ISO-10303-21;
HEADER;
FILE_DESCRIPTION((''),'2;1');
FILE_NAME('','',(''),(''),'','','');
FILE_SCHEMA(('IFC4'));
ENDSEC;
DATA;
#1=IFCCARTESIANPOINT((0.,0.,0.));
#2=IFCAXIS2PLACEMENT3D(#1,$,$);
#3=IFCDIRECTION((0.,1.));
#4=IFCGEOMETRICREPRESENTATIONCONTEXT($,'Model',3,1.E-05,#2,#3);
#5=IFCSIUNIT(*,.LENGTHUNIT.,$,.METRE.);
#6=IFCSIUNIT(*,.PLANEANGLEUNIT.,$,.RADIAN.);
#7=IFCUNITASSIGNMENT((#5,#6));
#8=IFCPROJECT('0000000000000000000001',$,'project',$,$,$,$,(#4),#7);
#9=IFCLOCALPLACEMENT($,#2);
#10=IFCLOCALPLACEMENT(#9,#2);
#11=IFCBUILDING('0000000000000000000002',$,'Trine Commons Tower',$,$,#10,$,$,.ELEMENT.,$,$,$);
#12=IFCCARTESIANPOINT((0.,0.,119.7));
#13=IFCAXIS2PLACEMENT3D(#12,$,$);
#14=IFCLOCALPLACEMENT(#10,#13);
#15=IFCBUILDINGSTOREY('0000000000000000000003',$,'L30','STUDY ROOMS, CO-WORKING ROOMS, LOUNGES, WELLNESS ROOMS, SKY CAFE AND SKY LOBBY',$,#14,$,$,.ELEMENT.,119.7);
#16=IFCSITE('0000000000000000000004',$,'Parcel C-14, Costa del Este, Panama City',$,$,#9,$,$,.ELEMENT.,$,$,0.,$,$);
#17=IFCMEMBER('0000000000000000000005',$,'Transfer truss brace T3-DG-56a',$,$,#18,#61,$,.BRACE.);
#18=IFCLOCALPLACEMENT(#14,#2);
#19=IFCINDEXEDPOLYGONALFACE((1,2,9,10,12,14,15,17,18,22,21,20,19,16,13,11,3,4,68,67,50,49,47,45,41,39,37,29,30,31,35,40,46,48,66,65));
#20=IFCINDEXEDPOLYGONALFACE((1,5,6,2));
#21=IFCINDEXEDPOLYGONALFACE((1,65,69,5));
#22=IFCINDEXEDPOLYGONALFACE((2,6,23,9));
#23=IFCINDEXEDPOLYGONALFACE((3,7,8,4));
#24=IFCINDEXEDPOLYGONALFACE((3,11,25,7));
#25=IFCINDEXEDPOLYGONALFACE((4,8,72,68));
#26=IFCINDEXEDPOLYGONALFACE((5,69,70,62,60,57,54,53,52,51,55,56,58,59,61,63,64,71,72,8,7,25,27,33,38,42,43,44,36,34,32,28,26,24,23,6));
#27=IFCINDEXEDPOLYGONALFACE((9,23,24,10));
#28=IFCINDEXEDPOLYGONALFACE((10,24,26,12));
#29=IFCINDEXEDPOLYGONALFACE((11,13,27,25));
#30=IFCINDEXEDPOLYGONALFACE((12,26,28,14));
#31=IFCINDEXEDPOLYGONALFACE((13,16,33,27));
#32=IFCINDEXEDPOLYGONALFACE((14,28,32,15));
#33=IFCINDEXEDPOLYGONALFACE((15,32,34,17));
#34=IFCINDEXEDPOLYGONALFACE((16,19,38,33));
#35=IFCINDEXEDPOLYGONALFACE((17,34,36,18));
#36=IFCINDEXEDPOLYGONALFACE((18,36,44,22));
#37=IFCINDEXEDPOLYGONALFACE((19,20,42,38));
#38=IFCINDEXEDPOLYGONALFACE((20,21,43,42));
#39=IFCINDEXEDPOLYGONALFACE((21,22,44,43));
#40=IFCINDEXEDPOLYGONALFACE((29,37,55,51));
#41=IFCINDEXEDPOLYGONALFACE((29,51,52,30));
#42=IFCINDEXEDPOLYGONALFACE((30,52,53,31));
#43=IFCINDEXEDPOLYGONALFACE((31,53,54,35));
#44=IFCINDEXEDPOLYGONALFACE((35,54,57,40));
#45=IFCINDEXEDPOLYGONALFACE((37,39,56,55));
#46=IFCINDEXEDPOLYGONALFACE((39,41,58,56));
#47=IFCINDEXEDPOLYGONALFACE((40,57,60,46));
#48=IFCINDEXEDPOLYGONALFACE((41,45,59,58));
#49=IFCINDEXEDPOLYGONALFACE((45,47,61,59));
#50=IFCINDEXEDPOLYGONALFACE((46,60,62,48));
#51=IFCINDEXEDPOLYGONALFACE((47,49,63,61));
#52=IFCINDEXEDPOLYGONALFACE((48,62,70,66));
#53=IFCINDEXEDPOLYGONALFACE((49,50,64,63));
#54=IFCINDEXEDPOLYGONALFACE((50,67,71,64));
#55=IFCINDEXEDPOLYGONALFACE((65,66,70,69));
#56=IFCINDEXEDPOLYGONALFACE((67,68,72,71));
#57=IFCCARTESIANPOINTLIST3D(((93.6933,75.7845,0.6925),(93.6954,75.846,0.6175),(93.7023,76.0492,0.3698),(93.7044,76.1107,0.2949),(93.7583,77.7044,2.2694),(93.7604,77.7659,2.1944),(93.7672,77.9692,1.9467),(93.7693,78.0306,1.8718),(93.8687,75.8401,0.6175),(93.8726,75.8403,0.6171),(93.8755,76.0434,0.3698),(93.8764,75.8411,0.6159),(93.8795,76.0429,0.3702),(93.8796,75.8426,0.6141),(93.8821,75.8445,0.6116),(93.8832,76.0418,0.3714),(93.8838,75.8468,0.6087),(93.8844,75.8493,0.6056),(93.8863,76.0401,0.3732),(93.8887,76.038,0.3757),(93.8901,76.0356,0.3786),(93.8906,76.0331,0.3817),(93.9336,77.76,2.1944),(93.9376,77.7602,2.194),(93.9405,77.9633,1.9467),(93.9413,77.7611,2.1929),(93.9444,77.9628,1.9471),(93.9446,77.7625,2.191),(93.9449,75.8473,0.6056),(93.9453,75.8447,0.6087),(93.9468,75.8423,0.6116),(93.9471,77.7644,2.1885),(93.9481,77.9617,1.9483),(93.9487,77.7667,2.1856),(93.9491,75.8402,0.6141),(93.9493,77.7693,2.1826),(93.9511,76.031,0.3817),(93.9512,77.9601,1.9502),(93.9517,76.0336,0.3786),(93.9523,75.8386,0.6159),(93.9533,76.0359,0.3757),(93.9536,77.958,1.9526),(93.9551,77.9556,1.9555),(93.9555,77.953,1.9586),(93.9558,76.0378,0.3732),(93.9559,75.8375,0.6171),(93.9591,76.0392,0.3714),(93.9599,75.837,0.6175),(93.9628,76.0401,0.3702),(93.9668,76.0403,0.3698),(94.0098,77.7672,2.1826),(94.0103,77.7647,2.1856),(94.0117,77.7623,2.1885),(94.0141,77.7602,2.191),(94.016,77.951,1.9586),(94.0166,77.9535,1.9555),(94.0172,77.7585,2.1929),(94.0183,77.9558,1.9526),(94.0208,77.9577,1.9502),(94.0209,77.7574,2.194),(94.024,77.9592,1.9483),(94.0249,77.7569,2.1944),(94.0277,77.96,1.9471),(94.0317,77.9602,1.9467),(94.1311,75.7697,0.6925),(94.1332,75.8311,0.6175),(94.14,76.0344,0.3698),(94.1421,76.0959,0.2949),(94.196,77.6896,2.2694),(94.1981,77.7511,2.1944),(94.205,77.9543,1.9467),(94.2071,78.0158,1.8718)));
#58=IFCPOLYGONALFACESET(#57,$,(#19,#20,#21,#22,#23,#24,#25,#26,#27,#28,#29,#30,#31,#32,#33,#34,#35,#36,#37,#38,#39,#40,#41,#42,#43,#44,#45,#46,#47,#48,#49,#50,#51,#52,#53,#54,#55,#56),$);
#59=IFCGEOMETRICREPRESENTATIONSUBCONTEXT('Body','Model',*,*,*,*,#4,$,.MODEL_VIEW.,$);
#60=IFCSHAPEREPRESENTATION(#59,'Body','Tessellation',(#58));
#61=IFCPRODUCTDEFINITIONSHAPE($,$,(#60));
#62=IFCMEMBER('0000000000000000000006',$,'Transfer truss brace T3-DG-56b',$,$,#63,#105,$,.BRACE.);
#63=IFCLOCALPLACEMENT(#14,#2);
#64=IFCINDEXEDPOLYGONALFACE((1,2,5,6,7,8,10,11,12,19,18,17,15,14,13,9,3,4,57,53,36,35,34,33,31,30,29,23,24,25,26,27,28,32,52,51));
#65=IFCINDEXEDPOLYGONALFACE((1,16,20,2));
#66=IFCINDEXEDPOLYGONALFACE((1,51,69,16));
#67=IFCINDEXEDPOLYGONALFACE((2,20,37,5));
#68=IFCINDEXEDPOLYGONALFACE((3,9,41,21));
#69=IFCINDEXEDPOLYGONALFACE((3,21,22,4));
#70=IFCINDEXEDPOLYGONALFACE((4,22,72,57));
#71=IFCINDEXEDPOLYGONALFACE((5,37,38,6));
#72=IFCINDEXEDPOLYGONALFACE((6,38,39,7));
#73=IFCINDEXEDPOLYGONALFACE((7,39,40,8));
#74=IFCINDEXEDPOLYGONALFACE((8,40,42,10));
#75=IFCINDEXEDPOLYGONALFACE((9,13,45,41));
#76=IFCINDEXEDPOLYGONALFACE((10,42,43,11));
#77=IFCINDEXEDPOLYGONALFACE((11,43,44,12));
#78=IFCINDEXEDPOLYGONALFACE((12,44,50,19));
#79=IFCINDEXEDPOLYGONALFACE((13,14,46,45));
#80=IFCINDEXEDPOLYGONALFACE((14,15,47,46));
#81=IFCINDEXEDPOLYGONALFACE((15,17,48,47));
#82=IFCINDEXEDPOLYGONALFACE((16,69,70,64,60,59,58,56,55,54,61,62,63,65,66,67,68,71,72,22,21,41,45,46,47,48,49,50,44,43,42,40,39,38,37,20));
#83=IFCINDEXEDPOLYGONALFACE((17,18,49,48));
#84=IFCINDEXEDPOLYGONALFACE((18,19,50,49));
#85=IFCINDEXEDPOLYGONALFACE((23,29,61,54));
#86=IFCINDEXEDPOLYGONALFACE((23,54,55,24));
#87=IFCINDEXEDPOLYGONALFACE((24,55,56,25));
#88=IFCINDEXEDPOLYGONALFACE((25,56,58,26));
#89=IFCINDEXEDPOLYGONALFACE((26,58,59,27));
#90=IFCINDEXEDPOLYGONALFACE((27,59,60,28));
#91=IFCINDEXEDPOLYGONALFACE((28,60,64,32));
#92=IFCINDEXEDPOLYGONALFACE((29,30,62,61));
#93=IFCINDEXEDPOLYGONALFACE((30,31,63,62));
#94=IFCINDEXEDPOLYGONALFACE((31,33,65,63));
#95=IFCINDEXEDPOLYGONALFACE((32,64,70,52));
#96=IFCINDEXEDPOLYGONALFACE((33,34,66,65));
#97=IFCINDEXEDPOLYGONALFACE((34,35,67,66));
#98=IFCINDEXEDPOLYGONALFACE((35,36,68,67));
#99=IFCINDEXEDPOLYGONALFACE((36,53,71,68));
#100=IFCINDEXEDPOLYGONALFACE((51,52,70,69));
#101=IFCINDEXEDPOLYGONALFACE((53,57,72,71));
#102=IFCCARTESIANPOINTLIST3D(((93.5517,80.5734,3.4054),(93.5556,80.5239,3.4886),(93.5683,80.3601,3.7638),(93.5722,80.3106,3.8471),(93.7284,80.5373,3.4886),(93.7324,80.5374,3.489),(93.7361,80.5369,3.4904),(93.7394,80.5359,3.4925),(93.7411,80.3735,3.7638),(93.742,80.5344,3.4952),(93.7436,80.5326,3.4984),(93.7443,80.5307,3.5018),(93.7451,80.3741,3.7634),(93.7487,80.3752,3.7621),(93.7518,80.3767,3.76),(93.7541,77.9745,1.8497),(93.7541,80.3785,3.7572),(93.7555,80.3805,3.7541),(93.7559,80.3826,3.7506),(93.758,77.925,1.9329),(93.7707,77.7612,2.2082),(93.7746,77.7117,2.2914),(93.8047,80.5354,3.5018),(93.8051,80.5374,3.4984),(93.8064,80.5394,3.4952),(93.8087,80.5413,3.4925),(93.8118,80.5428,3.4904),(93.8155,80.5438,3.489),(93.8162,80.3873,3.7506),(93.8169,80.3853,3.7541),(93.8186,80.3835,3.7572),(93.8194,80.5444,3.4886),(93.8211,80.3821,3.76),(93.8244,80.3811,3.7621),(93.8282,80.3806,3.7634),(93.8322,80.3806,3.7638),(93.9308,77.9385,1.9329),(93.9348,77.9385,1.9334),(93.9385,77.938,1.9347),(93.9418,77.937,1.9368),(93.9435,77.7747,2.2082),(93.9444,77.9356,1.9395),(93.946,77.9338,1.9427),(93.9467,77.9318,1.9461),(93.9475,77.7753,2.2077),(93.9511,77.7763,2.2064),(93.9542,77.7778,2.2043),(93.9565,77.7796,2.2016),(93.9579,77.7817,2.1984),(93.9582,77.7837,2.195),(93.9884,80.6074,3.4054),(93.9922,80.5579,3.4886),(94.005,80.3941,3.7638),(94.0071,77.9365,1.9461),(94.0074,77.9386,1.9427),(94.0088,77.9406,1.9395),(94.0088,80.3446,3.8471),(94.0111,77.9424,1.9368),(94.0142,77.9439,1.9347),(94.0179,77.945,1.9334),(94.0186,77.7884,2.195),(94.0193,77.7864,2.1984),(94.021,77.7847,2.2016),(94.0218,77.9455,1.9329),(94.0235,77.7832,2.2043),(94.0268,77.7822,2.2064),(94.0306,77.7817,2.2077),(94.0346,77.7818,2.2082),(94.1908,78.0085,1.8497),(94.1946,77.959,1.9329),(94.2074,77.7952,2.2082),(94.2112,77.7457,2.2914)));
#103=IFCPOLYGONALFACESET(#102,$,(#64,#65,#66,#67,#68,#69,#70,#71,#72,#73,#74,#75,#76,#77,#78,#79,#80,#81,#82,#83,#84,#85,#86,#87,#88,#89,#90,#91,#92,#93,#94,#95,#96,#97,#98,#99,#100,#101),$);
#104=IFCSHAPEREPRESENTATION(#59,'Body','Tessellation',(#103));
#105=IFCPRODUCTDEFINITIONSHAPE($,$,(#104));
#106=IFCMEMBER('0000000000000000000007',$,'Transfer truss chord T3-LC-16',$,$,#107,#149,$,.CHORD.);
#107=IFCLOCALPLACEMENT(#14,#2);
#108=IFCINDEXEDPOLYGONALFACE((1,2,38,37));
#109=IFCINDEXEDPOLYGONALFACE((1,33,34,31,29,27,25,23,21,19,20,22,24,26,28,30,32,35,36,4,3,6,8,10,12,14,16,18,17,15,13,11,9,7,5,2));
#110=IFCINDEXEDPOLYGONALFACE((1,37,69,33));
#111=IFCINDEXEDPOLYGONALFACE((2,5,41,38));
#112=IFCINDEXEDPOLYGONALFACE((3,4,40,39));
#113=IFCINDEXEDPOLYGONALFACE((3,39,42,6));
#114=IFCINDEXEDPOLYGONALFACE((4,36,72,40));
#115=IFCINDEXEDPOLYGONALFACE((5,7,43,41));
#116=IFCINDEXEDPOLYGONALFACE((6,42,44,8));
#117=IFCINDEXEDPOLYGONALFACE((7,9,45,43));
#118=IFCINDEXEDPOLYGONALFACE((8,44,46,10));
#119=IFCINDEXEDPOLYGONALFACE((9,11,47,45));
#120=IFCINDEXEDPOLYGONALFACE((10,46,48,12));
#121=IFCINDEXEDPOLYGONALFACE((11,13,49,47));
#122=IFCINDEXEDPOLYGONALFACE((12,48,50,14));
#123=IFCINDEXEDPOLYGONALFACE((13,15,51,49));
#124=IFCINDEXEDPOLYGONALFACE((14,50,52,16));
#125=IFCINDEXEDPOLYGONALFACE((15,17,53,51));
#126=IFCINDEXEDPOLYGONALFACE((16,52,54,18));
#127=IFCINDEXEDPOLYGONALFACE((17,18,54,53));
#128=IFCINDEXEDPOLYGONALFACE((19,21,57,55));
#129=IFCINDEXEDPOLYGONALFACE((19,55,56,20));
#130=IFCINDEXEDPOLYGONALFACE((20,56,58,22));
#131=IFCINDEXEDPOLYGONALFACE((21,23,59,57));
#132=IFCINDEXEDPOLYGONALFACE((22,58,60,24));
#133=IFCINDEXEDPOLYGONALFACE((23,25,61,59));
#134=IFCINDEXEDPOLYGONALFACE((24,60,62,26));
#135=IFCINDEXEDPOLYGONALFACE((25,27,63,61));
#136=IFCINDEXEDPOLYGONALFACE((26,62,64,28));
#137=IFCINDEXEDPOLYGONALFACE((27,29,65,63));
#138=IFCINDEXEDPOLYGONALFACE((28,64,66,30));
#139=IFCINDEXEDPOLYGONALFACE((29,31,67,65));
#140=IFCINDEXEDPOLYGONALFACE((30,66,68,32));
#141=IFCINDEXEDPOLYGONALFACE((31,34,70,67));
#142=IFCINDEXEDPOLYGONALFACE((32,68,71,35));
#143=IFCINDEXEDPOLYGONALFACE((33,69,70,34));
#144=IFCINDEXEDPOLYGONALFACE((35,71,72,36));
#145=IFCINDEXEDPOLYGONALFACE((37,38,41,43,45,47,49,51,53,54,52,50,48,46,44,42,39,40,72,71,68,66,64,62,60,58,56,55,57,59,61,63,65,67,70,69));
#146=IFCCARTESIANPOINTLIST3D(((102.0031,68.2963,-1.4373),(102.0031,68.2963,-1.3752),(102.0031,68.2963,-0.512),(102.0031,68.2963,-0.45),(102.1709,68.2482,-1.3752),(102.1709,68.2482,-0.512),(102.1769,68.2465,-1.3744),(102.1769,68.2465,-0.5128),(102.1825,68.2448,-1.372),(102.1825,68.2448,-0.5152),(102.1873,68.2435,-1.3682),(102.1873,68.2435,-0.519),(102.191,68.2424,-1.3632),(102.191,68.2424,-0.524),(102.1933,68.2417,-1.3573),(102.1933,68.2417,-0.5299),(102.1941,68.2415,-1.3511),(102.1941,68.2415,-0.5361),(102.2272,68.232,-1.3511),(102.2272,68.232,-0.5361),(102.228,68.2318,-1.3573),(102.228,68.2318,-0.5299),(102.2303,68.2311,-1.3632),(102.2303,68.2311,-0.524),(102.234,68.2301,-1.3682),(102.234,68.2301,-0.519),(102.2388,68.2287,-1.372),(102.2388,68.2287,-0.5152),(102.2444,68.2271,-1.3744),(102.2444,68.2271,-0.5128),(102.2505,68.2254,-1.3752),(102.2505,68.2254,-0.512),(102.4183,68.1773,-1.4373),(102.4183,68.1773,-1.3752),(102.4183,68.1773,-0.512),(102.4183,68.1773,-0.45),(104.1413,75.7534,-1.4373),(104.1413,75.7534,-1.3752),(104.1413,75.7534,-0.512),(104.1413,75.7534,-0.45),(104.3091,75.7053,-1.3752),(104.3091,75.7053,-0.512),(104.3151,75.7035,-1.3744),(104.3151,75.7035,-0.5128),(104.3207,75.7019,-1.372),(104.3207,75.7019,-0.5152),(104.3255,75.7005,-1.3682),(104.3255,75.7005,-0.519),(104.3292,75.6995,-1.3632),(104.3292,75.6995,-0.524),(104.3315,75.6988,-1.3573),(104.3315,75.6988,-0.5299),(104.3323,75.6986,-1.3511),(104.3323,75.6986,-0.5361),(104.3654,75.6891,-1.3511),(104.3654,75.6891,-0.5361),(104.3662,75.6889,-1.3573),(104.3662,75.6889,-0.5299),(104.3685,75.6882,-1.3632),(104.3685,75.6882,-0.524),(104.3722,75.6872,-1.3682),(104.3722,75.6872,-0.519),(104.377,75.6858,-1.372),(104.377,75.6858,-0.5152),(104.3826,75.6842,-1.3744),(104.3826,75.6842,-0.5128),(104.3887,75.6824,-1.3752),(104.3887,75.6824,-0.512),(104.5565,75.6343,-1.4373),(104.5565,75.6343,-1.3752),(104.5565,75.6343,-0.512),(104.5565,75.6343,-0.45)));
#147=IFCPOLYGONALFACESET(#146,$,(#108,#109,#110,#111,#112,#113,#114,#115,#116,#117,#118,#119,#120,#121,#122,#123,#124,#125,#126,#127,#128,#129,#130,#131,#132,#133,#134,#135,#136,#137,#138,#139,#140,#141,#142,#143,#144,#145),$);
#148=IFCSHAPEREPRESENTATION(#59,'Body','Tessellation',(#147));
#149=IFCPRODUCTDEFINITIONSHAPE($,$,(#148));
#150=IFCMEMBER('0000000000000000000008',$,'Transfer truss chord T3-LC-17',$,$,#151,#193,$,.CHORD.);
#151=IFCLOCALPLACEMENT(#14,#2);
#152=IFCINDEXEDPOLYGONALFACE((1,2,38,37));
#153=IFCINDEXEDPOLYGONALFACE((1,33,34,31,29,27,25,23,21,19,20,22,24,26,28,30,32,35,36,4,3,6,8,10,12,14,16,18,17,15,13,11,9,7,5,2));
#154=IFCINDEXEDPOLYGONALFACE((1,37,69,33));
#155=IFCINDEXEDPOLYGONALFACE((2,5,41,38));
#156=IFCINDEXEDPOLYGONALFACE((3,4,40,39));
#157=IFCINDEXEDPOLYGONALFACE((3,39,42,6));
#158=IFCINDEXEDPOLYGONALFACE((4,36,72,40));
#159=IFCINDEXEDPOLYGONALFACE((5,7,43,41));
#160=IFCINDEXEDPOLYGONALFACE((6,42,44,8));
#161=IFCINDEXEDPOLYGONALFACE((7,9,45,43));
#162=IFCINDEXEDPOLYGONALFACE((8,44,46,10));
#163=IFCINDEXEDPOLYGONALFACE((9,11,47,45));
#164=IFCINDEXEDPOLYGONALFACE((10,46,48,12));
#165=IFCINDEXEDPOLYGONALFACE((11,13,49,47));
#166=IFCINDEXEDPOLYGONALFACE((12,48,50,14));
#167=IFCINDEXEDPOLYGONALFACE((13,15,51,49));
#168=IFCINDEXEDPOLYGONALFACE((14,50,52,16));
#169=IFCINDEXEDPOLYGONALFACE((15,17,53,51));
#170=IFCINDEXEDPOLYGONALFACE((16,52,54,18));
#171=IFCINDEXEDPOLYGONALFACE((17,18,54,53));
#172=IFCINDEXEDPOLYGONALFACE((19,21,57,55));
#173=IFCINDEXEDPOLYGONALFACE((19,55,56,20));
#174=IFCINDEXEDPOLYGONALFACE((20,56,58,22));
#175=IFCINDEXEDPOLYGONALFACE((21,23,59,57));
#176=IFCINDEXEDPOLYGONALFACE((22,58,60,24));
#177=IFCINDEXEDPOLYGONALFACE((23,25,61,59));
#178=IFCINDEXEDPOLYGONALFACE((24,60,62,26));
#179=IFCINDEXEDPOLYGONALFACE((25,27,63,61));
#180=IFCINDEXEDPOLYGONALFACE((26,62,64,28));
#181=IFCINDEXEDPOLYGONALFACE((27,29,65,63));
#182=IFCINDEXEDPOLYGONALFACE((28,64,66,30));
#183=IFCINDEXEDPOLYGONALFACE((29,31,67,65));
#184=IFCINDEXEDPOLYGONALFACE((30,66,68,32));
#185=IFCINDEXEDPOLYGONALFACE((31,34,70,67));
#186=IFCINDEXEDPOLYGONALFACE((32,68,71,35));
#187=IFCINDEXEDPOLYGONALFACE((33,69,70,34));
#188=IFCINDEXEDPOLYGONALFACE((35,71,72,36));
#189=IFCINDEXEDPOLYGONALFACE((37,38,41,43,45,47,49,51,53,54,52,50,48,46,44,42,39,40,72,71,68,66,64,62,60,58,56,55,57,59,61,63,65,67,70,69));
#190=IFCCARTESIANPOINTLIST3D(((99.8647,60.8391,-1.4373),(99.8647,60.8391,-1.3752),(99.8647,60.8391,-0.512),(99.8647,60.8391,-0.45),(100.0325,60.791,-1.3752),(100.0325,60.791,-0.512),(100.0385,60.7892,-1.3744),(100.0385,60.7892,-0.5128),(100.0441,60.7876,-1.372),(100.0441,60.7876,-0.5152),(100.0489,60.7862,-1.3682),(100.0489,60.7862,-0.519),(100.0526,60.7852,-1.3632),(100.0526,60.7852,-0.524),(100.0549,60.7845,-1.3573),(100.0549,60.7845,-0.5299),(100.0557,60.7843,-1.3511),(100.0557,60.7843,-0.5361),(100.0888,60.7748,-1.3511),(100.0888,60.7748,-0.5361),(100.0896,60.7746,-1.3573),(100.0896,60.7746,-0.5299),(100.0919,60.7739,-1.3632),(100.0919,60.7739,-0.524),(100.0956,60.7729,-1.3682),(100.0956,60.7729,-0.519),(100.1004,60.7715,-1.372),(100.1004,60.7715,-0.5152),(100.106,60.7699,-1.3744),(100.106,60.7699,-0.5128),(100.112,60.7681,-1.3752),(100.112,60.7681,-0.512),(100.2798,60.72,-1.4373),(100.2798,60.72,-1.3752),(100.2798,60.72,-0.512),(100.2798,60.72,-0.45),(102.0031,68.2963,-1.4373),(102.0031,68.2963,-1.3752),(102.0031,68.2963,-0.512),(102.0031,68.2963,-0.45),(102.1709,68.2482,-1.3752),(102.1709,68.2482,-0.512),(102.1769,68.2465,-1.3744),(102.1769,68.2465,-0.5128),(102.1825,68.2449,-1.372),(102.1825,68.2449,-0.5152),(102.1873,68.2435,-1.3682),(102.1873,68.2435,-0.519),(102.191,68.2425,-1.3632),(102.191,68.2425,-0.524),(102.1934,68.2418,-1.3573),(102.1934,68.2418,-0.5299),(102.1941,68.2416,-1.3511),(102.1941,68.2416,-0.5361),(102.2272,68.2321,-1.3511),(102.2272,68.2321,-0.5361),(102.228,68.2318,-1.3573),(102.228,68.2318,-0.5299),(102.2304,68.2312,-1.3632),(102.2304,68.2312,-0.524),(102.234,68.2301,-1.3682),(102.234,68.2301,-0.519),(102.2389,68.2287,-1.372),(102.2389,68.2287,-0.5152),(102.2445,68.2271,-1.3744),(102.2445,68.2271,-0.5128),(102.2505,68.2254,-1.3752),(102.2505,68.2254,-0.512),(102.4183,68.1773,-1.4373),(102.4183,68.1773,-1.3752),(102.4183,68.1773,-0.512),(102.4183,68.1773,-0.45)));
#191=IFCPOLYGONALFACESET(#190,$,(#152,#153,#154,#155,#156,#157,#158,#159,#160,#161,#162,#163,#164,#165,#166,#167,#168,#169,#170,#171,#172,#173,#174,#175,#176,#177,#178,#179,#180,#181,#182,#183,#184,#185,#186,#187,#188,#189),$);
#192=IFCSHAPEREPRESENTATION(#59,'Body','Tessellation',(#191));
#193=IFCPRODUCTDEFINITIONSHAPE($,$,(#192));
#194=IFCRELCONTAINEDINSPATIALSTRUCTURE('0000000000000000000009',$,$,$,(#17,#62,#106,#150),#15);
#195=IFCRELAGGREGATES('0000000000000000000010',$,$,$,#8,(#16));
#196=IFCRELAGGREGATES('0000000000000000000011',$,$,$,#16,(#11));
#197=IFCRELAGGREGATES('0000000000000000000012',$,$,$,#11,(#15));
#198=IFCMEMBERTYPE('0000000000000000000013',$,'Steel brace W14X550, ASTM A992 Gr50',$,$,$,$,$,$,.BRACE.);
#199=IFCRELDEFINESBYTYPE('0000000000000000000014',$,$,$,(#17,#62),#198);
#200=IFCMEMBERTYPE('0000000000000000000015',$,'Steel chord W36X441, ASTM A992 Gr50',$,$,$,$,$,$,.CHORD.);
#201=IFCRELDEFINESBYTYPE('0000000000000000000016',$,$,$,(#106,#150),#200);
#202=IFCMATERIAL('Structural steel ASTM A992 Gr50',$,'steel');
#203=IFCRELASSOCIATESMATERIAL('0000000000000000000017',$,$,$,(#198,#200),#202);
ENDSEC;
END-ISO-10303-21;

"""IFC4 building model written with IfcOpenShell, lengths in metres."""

from ifc_helpers import new_model, si_unit, direction, frame, origin, origin_2d, place, context, subcontext, project, spatial, i_section, extrude, material, material_profile, profile_set, type_object, element, save


model = new_model("IFC4")

# Units and contexts
model_context = context("Model", 3, precision=1e-05, world=origin(), true_north=direction((0.0, 1.0)))
body_context = subcontext(model_context, "Body", "Model", "MODEL_VIEW")
ifc_project = project(units=[si_unit("LENGTHUNIT", "METRE"), si_unit("PLANEANGLEUNIT", "RADIAN")], contexts=[model_context])

# Site, building, storey
site_placement = place(None, origin())
site = spatial("IfcSite", under=ifc_project, at=site_placement, Name="Parcel C-14, Costa del Este, Panama City", CompositionType="ELEMENT", RefElevation=0.0)
building_placement = place(site_placement, origin())
building = spatial("IfcBuilding", under=site, at=building_placement, Name="Trine Commons Tower", CompositionType="ELEMENT")
storey_placement = place(building_placement, frame((0.0, 0.0, 119.7)))
storey = spatial("IfcBuildingStorey", under=building, at=storey_placement, Name="L30", Description="STUDY ROOMS, CO-WORKING ROOMS, LOUNGES, WELLNESS ROOMS, SKY CAFE AND SKY LOBBY", CompositionType="ELEMENT", Elevation=119.7)

# Members
ifc_material_1 = material(Name="Structural steel ASTM A992 Gr50", Category="steel")
ifc_material_profile_1 = material_profile(ifc_material_1, i_section(OverallWidth=0.438, OverallDepth=0.5144, WebThickness=0.0605, FlangeThickness=0.0969, FilletRadius=0.0154, at=origin_2d()), Name="W14X550")
ifc_profile_set_1 = profile_set([ifc_material_profile_1], Name="Structural steel ASTM A992 Gr50")
member_type_1 = type_object("IfcMemberType", Name="Steel brace W14X550, ASTM A992 Gr50", PredefinedType="BRACE", material=ifc_profile_set_1)
member_1_placement = place(storey_placement, frame((93.9177, 75.9402, 0.4937), z_axis=(0.02613, 0.772497, 0.634481), x_axis=(-0.999428, 0.033806, 0.0)))
element("IfcMember", 1, at=member_1_placement, inside=storey, type_object=member_type_1, Name="Transfer truss brace T3-DG-56a", PredefinedType="BRACE", context=body_context, shape_type="SweptSolid", body=[
    extrude(i_section(OverallWidth=0.438, OverallDepth=0.5144, WebThickness=0.0605, FlangeThickness=0.0969, FilletRadius=0.0154, at=origin_2d()), origin(), (0.0, 0.0, 1.0), 2.4854),
])
member_2_placement = place(storey_placement, frame((93.9827, 77.8601, 2.0706), z_axis=(-0.066672, 0.856117, 0.512464), x_axis=(-0.996981, -0.077642, 0.0)))
element("IfcMember", 2, at=member_2_placement, inside=storey, type_object=member_type_1, Name="Transfer truss brace T3-DG-56b", PredefinedType="BRACE", context=body_context, shape_type="SweptSolid", body=[
    extrude(i_section(OverallWidth=0.438, OverallDepth=0.5144, WebThickness=0.0605, FlangeThickness=0.0969, FilletRadius=0.0154, at=origin_2d()), origin(), (0.0, 0.0, 1.0), 3.0356),
])
ifc_material_profile_2 = material_profile(ifc_material_1, i_section(OverallWidth=0.4319, OverallDepth=0.9873, WebThickness=0.0344, FlangeThickness=0.062, FilletRadius=0.0242, at=origin_2d()), Name="W36X441")
ifc_profile_set_2 = profile_set([ifc_material_profile_2], Name="Structural steel ASTM A992 Gr50")
member_type_2 = type_object("IfcMemberType", Name="Steel chord W36X441, ASTM A992 Gr50", PredefinedType="CHORD", material=ifc_profile_set_2)
member_3_placement = place(storey_placement, frame((104.3489, 75.6938, -0.9436), z_axis=(-0.275627, -0.961265, 0.0), x_axis=(0.961265, -0.275627, 0.0)))
element("IfcMember", 3, at=member_3_placement, inside=storey, type_object=member_type_2, Name="Transfer truss chord T3-LC-16", PredefinedType="CHORD", context=body_context, shape_type="SweptSolid", body=[
    extrude(i_section(OverallWidth=0.4319, OverallDepth=0.9873, WebThickness=0.0344, FlangeThickness=0.062, FilletRadius=0.0242, at=origin_2d()), origin(), (0.0, 0.0, 1.0), 7.7576),
])
member_4_placement = place(storey_placement, frame((102.2107, 68.2368, -0.9436), z_axis=(-0.275648, -0.961259, 0.0), x_axis=(0.961259, -0.275648, 0.0)))
element("IfcMember", 4, at=member_4_placement, inside=storey, type_object=member_type_2, Name="Transfer truss chord T3-LC-17", PredefinedType="CHORD", context=body_context, shape_type="SweptSolid", body=[
    extrude(i_section(OverallWidth=0.4319, OverallDepth=0.9873, WebThickness=0.0344, FlangeThickness=0.062, FilletRadius=0.0242, at=origin_2d()), origin(), (0.0, 0.0, 1.0), 7.7578),
])

save(model, "model.ifc")
